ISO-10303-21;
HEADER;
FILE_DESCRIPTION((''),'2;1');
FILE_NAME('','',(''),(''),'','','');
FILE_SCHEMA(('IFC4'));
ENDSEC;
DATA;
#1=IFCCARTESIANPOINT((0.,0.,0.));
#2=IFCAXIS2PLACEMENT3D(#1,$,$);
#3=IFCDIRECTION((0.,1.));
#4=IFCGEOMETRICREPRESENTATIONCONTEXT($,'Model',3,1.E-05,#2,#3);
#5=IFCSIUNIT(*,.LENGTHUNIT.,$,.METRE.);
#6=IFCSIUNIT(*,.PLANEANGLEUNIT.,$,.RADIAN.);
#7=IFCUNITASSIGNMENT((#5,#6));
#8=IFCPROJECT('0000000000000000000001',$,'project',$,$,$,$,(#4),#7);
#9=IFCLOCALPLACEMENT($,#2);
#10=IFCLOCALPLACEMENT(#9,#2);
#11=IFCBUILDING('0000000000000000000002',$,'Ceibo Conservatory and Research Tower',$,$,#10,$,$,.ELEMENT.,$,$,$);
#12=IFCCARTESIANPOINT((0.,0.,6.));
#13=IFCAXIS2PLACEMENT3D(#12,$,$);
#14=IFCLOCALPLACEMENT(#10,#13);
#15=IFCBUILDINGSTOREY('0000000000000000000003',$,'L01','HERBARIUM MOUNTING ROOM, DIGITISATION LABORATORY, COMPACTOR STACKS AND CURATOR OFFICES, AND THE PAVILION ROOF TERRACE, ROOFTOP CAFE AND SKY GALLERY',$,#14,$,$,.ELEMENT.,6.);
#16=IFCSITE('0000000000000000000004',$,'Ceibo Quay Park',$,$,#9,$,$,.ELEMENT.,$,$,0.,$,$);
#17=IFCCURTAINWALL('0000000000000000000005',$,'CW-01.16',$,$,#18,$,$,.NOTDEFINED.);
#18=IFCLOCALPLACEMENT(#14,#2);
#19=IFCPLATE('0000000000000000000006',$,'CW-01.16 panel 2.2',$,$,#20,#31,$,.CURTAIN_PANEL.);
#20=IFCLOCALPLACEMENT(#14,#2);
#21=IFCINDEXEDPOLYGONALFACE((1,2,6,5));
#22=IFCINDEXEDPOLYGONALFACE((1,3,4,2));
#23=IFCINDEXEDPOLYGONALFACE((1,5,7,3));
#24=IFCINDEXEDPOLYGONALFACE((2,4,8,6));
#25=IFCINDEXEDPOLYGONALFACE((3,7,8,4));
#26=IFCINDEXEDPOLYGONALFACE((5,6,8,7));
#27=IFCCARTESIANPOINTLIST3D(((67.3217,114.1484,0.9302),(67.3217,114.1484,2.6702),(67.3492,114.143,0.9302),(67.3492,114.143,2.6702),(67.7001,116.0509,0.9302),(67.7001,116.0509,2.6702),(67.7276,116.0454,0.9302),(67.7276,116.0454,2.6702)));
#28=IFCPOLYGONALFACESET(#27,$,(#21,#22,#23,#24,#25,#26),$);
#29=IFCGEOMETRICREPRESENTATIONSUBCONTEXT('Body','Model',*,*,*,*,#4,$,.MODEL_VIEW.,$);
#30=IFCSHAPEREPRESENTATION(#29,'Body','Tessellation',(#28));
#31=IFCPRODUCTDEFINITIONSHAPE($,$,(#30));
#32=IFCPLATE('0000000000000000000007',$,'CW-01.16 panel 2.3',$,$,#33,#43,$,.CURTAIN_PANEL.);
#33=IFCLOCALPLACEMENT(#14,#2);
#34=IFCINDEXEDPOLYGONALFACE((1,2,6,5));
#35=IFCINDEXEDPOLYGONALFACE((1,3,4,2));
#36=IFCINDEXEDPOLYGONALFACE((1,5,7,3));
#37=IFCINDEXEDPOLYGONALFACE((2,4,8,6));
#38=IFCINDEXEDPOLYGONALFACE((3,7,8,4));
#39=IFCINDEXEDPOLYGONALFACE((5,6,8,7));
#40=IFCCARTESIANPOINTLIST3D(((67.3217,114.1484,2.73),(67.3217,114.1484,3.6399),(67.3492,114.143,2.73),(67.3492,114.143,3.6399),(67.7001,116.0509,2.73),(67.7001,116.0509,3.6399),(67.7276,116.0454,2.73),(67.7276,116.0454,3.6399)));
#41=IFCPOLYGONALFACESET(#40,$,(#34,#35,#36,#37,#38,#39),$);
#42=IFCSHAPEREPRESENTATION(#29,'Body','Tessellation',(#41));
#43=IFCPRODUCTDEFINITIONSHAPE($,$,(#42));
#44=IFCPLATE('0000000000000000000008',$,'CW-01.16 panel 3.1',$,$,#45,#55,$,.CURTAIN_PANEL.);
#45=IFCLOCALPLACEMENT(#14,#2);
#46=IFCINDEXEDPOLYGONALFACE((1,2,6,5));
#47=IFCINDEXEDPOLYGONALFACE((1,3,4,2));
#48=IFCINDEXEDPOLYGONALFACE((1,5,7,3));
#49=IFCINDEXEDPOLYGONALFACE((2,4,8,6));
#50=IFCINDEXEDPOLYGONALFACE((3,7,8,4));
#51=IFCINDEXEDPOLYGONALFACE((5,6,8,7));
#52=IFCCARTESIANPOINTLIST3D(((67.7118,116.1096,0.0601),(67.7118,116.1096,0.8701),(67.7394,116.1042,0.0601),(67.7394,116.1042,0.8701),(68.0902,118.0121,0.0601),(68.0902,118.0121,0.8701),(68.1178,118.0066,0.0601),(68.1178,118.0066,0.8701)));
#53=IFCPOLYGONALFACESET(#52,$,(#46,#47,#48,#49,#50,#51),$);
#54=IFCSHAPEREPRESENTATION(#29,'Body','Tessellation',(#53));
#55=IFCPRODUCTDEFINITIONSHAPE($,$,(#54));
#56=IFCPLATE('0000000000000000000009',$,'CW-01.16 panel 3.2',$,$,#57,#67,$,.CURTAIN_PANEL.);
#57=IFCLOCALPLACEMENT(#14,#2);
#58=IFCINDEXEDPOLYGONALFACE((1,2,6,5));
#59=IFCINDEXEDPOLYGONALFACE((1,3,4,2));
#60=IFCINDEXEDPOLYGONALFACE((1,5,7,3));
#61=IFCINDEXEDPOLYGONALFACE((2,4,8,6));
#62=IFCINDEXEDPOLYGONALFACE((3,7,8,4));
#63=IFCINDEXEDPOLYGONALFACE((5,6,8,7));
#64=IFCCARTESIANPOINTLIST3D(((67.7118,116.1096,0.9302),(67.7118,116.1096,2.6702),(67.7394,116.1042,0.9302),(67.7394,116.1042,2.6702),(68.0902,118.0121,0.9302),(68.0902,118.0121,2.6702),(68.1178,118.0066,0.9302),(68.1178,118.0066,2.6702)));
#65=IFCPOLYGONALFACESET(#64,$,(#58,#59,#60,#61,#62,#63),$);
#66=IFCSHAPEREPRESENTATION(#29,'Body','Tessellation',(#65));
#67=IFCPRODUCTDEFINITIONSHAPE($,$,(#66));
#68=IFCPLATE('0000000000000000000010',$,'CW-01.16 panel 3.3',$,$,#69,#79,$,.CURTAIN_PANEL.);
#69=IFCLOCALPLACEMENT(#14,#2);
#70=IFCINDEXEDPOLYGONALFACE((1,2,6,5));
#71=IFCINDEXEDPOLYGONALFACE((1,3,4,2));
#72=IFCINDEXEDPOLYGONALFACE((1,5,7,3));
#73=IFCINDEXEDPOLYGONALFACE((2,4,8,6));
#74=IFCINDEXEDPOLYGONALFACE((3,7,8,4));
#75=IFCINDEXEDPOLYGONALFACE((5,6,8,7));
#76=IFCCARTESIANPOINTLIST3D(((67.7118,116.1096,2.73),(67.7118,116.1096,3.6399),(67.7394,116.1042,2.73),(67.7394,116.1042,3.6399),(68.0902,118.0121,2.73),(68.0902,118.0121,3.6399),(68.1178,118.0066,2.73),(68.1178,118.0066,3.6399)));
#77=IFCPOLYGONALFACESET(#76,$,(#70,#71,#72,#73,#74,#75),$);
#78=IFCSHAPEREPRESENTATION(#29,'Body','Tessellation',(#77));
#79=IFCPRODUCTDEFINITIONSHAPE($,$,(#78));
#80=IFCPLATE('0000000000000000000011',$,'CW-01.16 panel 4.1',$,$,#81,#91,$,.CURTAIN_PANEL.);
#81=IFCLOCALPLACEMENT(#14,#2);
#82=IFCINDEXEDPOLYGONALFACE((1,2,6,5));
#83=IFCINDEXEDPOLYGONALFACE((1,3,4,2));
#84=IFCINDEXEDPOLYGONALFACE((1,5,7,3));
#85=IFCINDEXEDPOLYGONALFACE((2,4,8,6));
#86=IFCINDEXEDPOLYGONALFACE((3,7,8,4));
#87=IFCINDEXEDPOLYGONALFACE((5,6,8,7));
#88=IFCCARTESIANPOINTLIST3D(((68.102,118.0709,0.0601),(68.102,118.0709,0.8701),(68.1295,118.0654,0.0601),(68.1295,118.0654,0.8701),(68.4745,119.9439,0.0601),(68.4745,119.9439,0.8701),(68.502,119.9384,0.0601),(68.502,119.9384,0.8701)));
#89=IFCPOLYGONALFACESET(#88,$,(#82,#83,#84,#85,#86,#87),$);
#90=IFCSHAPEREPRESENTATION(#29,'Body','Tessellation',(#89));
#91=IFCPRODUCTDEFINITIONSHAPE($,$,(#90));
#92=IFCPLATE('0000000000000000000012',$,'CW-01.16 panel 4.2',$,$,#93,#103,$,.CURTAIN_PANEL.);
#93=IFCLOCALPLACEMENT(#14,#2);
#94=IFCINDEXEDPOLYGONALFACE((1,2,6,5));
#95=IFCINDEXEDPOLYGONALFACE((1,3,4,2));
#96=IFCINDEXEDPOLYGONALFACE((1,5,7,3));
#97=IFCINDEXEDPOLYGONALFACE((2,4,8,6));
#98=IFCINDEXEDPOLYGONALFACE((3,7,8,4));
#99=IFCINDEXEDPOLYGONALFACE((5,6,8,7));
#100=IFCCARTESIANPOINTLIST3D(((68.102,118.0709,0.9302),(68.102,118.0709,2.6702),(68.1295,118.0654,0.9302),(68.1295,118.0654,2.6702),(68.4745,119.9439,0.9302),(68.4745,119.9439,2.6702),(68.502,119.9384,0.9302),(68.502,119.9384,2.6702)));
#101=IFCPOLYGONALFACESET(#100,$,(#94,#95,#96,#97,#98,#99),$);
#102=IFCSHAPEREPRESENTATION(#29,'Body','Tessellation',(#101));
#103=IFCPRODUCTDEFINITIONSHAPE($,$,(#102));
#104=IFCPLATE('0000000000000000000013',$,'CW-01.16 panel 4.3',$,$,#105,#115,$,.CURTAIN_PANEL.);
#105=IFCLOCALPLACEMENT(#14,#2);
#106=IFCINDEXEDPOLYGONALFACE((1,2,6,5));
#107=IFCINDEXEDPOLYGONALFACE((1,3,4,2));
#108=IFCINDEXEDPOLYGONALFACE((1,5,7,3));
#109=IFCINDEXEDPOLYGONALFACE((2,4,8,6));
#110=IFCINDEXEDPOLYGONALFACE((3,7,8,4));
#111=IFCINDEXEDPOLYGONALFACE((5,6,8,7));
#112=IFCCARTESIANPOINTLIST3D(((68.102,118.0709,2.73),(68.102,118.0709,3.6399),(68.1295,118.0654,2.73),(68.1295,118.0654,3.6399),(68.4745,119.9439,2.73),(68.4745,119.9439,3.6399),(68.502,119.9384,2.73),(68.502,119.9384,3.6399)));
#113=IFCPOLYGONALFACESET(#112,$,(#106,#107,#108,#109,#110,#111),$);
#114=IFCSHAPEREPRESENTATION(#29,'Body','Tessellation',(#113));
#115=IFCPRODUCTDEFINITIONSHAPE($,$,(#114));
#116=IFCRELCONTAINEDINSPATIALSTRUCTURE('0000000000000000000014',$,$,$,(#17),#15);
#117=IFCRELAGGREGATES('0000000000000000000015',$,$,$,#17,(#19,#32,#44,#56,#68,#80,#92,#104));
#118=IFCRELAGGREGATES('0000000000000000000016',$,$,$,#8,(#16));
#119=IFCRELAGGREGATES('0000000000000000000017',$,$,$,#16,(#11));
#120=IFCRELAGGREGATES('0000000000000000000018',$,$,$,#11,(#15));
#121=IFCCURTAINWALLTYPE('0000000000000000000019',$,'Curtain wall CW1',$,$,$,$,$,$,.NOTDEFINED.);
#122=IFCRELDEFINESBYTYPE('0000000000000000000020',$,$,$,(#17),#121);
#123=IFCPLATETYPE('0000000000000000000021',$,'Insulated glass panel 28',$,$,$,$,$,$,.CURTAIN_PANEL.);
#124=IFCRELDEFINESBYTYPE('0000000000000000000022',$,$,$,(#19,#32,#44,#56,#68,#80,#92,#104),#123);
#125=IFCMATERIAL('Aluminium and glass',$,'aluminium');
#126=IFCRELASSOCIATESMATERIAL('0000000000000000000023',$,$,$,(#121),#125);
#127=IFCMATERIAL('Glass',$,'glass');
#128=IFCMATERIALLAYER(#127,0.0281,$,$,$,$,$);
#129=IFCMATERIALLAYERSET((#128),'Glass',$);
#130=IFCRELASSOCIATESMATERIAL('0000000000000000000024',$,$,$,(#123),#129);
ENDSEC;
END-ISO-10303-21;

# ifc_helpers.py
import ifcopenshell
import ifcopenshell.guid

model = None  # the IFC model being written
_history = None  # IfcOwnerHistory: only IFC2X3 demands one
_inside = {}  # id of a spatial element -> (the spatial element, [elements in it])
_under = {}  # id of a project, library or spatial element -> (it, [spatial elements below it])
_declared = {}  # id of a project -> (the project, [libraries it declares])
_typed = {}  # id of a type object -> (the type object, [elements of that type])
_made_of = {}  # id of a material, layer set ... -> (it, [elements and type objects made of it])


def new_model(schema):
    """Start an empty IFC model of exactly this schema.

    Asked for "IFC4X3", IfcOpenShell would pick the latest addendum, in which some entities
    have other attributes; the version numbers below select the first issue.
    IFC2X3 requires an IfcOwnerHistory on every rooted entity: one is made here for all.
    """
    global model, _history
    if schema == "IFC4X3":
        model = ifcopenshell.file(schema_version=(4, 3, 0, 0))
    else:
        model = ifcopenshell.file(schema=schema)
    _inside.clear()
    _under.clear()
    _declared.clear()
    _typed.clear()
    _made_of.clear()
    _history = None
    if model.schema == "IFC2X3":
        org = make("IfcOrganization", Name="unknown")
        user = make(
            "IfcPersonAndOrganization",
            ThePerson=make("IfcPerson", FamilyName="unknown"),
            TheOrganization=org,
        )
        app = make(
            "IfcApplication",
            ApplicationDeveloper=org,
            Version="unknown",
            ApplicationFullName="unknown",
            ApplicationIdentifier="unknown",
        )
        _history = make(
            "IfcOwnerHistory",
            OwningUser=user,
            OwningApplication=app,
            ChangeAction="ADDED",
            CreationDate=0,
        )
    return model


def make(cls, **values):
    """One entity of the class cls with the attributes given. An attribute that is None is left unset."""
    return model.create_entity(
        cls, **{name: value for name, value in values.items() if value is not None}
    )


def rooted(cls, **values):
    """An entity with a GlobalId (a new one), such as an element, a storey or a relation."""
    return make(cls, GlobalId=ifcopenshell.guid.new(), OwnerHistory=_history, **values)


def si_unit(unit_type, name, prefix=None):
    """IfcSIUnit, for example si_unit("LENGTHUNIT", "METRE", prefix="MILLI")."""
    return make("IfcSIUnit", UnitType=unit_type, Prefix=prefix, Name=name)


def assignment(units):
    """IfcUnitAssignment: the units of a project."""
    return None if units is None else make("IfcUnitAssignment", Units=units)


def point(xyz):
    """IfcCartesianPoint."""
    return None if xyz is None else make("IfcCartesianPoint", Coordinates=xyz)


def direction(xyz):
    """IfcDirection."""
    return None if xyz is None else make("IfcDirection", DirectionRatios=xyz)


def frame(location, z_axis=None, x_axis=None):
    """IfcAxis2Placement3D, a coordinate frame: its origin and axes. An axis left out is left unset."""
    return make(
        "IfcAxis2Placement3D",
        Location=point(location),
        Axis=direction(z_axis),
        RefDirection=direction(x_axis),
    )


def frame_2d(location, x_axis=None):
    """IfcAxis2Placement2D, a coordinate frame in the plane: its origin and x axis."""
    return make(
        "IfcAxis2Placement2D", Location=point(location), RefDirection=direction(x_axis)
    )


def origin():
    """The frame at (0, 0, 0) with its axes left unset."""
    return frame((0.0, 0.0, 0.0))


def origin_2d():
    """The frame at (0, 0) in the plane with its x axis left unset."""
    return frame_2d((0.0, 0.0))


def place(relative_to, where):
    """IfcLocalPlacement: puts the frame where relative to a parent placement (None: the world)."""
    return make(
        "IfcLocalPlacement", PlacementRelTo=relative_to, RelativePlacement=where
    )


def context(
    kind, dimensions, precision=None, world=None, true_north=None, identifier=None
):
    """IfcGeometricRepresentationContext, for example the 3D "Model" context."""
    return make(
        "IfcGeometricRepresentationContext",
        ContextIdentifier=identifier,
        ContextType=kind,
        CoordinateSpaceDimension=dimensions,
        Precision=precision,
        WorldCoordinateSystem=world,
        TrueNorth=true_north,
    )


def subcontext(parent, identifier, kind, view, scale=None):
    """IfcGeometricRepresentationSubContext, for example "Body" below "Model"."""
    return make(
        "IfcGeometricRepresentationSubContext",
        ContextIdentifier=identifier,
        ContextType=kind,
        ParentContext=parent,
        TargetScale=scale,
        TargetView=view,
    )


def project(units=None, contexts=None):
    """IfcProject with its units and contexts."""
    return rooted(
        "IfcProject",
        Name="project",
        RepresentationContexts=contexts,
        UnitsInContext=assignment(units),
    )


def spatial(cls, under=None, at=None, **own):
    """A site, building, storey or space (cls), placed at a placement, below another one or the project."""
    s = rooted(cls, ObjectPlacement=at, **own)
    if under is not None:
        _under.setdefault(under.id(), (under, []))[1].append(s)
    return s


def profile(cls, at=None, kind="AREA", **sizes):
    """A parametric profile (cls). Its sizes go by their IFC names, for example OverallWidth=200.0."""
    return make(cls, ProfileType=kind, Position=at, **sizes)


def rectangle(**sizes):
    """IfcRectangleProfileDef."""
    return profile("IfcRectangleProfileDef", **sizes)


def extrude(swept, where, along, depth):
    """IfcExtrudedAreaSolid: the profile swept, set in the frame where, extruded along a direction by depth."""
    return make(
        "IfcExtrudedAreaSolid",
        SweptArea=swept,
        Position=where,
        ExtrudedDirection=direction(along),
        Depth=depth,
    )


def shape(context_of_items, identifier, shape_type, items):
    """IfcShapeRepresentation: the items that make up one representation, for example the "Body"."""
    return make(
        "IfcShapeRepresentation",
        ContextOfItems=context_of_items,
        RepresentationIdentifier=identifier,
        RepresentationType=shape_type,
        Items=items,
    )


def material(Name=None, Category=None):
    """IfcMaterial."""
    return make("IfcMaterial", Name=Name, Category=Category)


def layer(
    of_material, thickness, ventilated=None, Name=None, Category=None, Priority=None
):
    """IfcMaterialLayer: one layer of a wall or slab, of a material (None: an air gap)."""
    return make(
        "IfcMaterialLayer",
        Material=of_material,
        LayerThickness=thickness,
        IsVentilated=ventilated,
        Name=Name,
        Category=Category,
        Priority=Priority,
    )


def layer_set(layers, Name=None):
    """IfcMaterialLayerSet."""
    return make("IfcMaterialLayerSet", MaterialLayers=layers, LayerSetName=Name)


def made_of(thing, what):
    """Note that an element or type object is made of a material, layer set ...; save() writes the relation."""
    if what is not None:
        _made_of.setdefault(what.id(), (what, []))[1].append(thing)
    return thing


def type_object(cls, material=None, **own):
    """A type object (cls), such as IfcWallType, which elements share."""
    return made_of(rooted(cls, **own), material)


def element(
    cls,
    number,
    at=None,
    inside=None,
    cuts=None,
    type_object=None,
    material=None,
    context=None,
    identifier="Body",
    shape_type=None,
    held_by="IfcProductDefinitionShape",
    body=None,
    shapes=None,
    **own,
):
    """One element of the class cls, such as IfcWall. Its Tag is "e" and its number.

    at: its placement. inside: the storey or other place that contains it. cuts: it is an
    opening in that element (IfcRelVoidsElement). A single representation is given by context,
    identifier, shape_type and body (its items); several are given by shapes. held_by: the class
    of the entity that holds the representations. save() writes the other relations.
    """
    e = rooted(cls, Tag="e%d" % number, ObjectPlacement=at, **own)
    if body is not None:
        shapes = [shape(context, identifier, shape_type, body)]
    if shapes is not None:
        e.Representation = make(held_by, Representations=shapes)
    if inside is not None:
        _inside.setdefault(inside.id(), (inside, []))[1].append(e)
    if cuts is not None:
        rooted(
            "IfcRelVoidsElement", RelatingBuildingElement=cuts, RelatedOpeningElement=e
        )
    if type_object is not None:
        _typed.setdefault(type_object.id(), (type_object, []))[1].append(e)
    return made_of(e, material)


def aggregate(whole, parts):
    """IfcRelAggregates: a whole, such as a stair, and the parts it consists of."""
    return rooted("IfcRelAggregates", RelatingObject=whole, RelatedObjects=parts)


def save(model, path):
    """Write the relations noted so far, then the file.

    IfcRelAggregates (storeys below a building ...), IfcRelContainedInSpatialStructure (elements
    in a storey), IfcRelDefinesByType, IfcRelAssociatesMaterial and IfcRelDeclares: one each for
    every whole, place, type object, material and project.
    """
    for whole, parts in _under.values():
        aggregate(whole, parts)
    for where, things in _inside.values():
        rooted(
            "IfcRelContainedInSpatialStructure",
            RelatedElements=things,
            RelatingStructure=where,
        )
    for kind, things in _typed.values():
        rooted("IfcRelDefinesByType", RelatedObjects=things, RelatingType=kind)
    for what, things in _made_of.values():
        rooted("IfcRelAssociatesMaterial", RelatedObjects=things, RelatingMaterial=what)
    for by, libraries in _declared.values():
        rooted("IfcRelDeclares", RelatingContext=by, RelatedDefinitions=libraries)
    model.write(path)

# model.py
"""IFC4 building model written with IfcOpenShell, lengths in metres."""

from ifc_helpers import new_model, si_unit, direction, frame, origin, origin_2d, place, context, subcontext, project, spatial, rectangle, extrude, material, layer, layer_set, type_object, element, aggregate, save


model = new_model("IFC4")

# Units and contexts
model_context = context("Model", 3, precision=1e-05, world=origin(), true_north=direction((0.0, 1.0)))
body_context = subcontext(model_context, "Body", "Model", "MODEL_VIEW")
ifc_project = project(units=[si_unit("LENGTHUNIT", "METRE"), si_unit("PLANEANGLEUNIT", "RADIAN")], contexts=[model_context])

# Site, building, storey
site_placement = place(None, origin())
site = spatial("IfcSite", under=ifc_project, at=site_placement, Name="Ceibo Quay Park", CompositionType="ELEMENT", RefElevation=0.0)
building_placement = place(site_placement, origin())
building = spatial("IfcBuilding", under=site, at=building_placement, Name="Ceibo Conservatory and Research Tower", CompositionType="ELEMENT")
storey_placement = place(building_placement, frame((0.0, 0.0, 6.0)))
storey = spatial("IfcBuildingStorey", under=building, at=storey_placement, Name="L01", Description="HERBARIUM MOUNTING ROOM, DIGITISATION LABORATORY, COMPACTOR STACKS AND CURATOR OFFICES, AND THE PAVILION ROOF TERRACE, ROOFTOP CAFE AND SKY GALLERY", CompositionType="ELEMENT", Elevation=6.0)

# Curtain wall, plates
ifc_material_1 = material(Name="Aluminium and glass", Category="aluminium")
curtain_wall_type = type_object("IfcCurtainWallType", Name="Curtain wall CW1", PredefinedType="NOTDEFINED", material=ifc_material_1)
curtain_wall_placement = place(storey_placement, origin())
curtain_wall = element("IfcCurtainWall", 1, at=curtain_wall_placement, inside=storey, type_object=curtain_wall_type, Name="CW-01.16", PredefinedType="NOTDEFINED")
ifc_material_2 = material(Name="Glass", Category="glass")
ifc_layer = layer(ifc_material_2, 0.0281)
ifc_layer_set = layer_set([ifc_layer], Name="Glass")
plate_type = type_object("IfcPlateType", Name="Insulated glass panel 28", PredefinedType="CURTAIN_PANEL", material=ifc_layer_set)
plate_1_placement = place(storey_placement, frame((67.5247, 115.0969, 0.9302), z_axis=(0.0, 0.0, 1.0), x_axis=(0.19509, 0.980785, 0.0)))
plate_1 = element("IfcPlate", 2, at=plate_1_placement, type_object=plate_type, Name="CW-01.16 panel 2.2", PredefinedType="CURTAIN_PANEL", context=body_context, shape_type="SweptSolid", body=[
    extrude(rectangle(XDim=1.9397, YDim=0.0281, at=origin_2d()), origin(), (0.0, 0.0, 1.0), 1.74),
])
plate_2_placement = place(storey_placement, frame((67.5247, 115.0969, 2.73), z_axis=(0.0, 0.0, 1.0), x_axis=(0.19509, 0.980785, 0.0)))
plate_2 = element("IfcPlate", 3, at=plate_2_placement, type_object=plate_type, Name="CW-01.16 panel 2.3", PredefinedType="CURTAIN_PANEL", context=body_context, shape_type="SweptSolid", body=[
    extrude(rectangle(XDim=1.9397, YDim=0.0281, at=origin_2d()), origin(), (0.0, 0.0, 1.0), 0.9099),
])
plate_3_placement = place(storey_placement, frame((67.9148, 117.0581, 0.0601), z_axis=(0.0, 0.0, 1.0), x_axis=(0.19509, 0.980785, 0.0)))
plate_3 = element("IfcPlate", 4, at=plate_3_placement, type_object=plate_type, Name="CW-01.16 panel 3.1", PredefinedType="CURTAIN_PANEL", context=body_context, shape_type="SweptSolid", body=[
    extrude(rectangle(XDim=1.9397, YDim=0.0281, at=origin_2d()), origin(), (0.0, 0.0, 1.0), 0.8101),
])
plate_4_placement = place(storey_placement, frame((67.9148, 117.0581, 0.9302), z_axis=(0.0, 0.0, 1.0), x_axis=(0.19509, 0.980785, 0.0)))
plate_4 = element("IfcPlate", 5, at=plate_4_placement, type_object=plate_type, Name="CW-01.16 panel 3.2", PredefinedType="CURTAIN_PANEL", context=body_context, shape_type="SweptSolid", body=[
    extrude(rectangle(XDim=1.9397, YDim=0.0281, at=origin_2d()), origin(), (0.0, 0.0, 1.0), 1.74),
])
plate_5_placement = place(storey_placement, frame((67.9148, 117.0581, 2.73), z_axis=(0.0, 0.0, 1.0), x_axis=(0.19509, 0.980785, 0.0)))
plate_5 = element("IfcPlate", 6, at=plate_5_placement, type_object=plate_type, Name="CW-01.16 panel 3.3", PredefinedType="CURTAIN_PANEL", context=body_context, shape_type="SweptSolid", body=[
    extrude(rectangle(XDim=1.9397, YDim=0.0281, at=origin_2d()), origin(), (0.0, 0.0, 1.0), 0.9099),
])
plate_6_placement = place(storey_placement, frame((68.302, 119.0046, 0.0601), z_axis=(0.0, 0.0, 1.0), x_axis=(0.19509, 0.980785, 0.0)))
plate_6 = element("IfcPlate", 7, at=plate_6_placement, type_object=plate_type, Name="CW-01.16 panel 4.1", PredefinedType="CURTAIN_PANEL", context=body_context, shape_type="SweptSolid", body=[
    extrude(rectangle(XDim=1.9097, YDim=0.0281, at=origin_2d()), origin(), (0.0, 0.0, 1.0), 0.8101),
])
plate_7_placement = place(storey_placement, frame((68.302, 119.0046, 0.9302), z_axis=(0.0, 0.0, 1.0), x_axis=(0.19509, 0.980785, 0.0)))
plate_7 = element("IfcPlate", 8, at=plate_7_placement, type_object=plate_type, Name="CW-01.16 panel 4.2", PredefinedType="CURTAIN_PANEL", context=body_context, shape_type="SweptSolid", body=[
    extrude(rectangle(XDim=1.9097, YDim=0.0281, at=origin_2d()), origin(), (0.0, 0.0, 1.0), 1.74),
])
plate_8_placement = place(storey_placement, frame((68.302, 119.0046, 2.73), z_axis=(0.0, 0.0, 1.0), x_axis=(0.19509, 0.980785, 0.0)))
plate_8 = element("IfcPlate", 9, at=plate_8_placement, type_object=plate_type, Name="CW-01.16 panel 4.3", PredefinedType="CURTAIN_PANEL", context=body_context, shape_type="SweptSolid", body=[
    extrude(rectangle(XDim=1.9097, YDim=0.0281, at=origin_2d()), origin(), (0.0, 0.0, 1.0), 0.9099),
])
aggregate(curtain_wall, [plate_1, plate_2, plate_3, plate_4, plate_5, plate_6, plate_7, plate_8])

save(model, "model.ifc")
